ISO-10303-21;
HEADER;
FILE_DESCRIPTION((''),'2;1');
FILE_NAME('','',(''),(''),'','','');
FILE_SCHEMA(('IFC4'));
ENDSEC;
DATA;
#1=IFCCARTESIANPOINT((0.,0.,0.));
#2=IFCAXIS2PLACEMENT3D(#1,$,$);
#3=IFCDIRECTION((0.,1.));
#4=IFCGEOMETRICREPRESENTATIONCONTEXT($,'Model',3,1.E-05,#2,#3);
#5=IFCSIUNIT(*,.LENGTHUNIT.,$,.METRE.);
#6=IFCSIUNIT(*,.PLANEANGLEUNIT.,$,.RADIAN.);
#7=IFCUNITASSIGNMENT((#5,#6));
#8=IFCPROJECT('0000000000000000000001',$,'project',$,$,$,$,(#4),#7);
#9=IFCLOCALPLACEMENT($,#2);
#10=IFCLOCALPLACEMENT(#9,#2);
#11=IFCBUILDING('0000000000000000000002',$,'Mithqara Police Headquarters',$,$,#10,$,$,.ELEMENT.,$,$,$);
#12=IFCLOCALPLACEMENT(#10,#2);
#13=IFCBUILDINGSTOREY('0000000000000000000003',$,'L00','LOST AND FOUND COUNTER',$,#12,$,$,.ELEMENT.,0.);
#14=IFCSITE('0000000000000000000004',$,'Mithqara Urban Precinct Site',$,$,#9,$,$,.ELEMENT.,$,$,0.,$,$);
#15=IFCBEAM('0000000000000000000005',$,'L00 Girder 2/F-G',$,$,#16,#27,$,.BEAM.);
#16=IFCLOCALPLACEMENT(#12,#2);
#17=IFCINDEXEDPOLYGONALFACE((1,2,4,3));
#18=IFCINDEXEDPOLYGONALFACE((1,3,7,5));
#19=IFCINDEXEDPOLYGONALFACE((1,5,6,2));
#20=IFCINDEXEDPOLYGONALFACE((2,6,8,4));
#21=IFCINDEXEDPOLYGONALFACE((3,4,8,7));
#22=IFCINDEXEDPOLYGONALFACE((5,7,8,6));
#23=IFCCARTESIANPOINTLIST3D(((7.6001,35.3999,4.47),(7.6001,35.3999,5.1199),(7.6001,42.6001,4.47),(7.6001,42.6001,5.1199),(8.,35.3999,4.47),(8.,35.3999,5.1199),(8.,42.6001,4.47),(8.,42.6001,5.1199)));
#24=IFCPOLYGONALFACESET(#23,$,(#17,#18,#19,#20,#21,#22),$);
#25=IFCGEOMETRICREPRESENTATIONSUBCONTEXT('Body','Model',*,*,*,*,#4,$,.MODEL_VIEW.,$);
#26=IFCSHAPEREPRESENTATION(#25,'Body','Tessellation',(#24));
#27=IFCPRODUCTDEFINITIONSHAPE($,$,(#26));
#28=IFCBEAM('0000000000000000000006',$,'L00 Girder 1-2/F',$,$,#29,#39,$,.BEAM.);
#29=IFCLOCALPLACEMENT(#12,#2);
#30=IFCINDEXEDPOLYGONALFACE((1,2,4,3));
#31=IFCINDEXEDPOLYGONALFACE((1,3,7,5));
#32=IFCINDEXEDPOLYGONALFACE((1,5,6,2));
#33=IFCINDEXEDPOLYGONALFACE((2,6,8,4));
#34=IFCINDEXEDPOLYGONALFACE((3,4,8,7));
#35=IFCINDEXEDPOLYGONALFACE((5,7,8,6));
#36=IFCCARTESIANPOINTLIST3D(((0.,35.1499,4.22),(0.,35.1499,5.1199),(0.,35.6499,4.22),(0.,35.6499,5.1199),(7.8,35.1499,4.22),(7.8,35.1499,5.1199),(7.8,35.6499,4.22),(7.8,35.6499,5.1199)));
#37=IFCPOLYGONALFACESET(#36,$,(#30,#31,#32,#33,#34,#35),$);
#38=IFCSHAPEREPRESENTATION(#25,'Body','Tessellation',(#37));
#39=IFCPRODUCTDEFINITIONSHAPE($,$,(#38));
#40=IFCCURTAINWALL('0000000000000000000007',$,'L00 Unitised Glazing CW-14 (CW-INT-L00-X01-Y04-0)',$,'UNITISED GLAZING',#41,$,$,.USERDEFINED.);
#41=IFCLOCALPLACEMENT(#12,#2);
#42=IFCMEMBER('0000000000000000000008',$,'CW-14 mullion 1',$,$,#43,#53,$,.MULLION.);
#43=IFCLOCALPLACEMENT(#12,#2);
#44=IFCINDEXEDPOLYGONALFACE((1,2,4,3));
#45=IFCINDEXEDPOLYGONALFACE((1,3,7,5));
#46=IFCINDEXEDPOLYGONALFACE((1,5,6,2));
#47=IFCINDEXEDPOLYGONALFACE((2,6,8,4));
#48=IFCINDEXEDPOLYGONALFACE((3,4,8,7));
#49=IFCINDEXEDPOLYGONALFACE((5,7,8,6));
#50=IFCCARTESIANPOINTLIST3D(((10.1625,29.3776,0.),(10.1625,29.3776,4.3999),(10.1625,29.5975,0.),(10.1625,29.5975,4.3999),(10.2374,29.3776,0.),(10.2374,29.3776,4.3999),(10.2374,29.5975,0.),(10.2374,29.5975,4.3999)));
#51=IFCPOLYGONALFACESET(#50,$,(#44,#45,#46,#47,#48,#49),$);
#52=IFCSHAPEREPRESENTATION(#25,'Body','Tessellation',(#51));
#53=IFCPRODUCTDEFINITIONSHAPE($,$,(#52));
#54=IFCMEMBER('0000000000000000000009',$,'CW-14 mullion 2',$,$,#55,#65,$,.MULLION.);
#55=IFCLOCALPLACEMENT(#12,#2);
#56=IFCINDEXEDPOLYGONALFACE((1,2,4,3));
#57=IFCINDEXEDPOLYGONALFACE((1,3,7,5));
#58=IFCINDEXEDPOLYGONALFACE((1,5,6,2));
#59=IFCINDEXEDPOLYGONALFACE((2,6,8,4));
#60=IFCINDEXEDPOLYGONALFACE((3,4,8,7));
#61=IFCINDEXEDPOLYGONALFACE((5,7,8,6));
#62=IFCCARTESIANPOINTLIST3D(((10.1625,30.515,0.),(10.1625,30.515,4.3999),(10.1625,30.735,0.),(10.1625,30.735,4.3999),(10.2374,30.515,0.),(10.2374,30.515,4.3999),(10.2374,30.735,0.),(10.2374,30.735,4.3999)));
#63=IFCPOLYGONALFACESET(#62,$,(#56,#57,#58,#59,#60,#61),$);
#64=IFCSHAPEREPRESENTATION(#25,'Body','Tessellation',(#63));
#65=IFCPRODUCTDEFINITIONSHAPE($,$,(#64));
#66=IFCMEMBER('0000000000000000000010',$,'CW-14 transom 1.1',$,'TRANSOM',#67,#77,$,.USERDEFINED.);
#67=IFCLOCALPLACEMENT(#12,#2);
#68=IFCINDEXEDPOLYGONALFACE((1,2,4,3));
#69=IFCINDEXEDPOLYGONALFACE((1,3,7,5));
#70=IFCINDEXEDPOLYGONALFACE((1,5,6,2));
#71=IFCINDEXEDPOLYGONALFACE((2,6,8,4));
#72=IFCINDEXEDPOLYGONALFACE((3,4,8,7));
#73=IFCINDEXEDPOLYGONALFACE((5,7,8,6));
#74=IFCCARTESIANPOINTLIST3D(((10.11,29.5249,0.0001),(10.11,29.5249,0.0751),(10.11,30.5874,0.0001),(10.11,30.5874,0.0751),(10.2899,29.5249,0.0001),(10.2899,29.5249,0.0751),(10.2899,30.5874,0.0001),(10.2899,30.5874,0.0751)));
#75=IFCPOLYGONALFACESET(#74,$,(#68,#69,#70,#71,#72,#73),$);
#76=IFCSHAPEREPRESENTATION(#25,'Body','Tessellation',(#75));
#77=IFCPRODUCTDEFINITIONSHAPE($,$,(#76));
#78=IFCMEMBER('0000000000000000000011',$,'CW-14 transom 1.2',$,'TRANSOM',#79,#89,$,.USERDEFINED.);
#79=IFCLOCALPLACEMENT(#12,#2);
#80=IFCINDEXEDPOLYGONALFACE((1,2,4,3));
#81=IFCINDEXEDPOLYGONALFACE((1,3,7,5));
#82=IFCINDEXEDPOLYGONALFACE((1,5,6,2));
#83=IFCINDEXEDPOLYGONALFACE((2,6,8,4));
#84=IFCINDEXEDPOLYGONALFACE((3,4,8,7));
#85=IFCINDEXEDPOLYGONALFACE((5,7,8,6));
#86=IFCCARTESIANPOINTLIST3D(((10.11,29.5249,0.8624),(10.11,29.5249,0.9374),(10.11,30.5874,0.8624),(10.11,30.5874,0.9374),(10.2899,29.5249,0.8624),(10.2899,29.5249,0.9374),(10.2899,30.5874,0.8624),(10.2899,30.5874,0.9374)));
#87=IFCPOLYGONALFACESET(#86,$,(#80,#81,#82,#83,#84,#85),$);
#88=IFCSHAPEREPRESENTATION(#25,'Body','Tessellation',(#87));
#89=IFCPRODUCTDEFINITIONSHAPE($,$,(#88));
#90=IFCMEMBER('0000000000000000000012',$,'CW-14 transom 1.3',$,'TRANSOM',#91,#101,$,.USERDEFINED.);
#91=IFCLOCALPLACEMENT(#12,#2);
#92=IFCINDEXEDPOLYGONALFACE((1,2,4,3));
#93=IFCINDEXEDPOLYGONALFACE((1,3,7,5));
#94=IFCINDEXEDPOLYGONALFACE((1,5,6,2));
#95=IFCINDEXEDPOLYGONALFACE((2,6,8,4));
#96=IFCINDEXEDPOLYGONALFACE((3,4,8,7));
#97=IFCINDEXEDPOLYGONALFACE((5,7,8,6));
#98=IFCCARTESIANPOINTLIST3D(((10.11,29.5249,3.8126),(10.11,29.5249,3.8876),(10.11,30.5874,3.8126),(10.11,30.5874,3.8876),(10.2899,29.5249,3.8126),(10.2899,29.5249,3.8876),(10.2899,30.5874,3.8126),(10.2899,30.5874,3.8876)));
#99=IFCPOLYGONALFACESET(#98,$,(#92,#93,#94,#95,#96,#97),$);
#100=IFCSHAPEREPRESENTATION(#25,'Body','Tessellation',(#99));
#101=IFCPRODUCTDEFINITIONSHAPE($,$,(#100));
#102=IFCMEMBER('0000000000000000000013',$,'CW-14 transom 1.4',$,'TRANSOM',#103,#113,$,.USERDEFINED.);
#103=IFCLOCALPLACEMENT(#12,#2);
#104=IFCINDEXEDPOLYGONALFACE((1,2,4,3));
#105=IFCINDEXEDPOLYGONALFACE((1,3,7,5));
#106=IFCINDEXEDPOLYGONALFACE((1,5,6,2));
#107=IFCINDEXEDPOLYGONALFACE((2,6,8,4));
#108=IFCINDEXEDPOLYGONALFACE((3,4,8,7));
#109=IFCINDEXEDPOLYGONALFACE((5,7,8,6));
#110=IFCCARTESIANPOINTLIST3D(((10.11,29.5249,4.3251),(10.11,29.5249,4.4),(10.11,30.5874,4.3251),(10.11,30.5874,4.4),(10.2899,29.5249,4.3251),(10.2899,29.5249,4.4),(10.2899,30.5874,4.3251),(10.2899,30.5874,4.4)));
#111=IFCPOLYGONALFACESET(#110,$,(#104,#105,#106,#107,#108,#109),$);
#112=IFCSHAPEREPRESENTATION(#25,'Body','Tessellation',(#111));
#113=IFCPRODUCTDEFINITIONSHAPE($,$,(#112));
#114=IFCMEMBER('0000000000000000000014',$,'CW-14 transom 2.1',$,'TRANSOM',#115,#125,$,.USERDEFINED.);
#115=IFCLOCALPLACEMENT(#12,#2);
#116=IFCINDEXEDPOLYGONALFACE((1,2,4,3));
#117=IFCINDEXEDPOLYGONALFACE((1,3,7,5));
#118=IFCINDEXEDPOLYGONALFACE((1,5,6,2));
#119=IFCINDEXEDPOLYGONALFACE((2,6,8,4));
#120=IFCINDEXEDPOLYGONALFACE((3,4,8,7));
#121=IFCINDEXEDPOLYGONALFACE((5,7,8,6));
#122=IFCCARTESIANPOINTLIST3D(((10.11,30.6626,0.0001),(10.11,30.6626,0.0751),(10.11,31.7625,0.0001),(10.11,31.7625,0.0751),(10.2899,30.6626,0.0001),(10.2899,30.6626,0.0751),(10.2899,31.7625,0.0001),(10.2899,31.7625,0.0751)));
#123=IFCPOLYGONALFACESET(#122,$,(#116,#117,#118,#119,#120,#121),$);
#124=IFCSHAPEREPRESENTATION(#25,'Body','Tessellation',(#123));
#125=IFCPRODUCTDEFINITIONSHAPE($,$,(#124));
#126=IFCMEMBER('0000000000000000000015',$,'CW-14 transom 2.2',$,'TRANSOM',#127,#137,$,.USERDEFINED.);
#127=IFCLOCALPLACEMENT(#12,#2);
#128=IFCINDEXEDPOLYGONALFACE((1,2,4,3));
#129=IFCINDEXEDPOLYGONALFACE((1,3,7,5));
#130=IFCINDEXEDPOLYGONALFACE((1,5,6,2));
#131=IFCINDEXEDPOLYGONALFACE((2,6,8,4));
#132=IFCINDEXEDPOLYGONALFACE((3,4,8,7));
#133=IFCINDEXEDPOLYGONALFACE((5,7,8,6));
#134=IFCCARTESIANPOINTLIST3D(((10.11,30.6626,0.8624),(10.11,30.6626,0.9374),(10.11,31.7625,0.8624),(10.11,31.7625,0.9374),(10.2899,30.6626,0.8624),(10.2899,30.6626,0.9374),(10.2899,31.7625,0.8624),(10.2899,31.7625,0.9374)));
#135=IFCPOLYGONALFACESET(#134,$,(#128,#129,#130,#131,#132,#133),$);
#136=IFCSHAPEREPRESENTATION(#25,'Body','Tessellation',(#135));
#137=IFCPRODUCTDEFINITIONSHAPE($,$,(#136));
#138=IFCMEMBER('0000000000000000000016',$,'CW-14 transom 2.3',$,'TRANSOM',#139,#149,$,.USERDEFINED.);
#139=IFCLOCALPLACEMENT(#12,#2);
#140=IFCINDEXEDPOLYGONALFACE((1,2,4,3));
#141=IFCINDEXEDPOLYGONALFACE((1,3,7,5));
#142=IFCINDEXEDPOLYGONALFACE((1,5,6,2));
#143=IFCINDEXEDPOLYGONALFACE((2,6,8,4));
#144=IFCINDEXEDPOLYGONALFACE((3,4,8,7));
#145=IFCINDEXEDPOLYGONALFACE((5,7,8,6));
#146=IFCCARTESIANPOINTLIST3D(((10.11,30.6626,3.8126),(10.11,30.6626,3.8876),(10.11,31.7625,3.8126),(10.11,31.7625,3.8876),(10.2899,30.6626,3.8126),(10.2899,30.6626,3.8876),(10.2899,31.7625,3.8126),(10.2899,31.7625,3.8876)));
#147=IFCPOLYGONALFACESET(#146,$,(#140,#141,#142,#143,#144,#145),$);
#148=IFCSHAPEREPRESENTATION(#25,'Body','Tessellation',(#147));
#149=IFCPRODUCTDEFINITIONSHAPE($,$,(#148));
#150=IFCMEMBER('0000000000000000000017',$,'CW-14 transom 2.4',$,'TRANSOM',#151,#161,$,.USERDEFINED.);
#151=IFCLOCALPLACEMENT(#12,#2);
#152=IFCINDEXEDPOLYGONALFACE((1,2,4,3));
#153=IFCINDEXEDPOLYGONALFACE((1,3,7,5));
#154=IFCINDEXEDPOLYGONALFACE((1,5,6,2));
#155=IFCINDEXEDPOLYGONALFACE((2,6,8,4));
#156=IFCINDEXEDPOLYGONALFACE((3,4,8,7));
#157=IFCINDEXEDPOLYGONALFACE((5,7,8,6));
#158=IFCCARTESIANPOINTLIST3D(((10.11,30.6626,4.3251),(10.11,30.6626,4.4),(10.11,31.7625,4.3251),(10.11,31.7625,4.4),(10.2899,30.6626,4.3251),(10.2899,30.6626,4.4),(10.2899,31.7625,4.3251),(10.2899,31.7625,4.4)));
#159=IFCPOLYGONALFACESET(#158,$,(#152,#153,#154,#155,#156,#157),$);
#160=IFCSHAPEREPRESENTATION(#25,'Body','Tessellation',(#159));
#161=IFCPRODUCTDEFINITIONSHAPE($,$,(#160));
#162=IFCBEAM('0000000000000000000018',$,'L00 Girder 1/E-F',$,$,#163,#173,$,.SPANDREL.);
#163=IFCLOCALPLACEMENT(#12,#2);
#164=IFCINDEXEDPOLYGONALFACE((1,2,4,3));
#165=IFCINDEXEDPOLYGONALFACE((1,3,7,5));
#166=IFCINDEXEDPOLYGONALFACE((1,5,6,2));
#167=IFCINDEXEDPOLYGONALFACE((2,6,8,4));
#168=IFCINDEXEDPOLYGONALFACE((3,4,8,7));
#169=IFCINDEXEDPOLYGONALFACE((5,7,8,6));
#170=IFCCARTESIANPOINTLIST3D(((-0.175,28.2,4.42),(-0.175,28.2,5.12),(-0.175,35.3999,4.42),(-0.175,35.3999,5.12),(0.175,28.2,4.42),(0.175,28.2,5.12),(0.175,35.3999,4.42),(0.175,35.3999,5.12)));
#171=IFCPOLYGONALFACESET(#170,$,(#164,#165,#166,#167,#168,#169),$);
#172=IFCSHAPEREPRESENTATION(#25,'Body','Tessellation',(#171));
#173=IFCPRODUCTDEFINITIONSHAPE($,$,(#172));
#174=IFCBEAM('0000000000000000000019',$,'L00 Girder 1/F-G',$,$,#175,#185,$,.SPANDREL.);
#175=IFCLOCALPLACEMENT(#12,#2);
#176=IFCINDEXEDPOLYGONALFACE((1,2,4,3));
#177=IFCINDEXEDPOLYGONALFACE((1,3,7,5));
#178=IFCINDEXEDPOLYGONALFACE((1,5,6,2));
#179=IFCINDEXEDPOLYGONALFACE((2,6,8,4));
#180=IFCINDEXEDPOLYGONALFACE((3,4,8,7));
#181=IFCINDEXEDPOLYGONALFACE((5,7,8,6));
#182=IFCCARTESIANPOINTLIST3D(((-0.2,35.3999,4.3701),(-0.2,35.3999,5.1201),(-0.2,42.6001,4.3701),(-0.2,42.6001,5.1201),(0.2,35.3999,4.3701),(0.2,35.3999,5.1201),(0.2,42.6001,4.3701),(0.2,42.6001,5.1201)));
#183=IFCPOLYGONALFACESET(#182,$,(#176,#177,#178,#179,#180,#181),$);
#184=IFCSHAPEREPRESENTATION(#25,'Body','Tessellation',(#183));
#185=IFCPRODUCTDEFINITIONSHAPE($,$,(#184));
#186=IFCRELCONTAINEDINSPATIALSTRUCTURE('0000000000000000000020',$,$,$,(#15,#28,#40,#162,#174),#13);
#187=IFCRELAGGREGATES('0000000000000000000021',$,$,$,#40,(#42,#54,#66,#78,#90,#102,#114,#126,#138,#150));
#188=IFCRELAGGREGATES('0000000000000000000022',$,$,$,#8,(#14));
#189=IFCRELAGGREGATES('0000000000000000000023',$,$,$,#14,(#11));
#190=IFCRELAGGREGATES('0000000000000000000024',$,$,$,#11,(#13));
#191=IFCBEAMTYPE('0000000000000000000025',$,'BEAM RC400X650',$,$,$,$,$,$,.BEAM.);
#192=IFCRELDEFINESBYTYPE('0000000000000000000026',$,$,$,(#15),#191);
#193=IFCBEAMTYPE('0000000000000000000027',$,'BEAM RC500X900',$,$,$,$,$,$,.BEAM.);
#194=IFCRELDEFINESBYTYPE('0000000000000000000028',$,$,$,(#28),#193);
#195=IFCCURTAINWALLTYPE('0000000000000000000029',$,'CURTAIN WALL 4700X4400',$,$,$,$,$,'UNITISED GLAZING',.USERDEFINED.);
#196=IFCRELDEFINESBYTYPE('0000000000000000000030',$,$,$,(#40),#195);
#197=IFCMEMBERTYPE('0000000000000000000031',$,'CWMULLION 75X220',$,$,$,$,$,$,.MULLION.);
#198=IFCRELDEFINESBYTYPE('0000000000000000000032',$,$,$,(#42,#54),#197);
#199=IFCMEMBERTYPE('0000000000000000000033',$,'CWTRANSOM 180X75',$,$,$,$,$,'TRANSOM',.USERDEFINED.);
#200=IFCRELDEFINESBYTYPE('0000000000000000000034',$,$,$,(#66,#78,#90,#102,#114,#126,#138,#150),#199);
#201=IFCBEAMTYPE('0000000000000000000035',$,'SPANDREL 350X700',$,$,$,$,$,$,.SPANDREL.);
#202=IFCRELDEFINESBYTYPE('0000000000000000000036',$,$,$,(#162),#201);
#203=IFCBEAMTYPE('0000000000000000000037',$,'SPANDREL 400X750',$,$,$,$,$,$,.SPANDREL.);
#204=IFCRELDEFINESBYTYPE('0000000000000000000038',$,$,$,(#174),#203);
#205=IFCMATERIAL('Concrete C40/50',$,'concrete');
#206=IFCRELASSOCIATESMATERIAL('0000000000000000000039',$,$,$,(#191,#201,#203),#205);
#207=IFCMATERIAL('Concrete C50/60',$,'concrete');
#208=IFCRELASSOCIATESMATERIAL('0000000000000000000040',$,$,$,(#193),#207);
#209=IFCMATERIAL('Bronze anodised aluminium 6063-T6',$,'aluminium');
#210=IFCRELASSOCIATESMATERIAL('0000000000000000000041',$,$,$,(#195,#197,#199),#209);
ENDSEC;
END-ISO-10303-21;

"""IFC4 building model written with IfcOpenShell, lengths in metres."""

from ifc_helpers import new_model, si_unit, direction, frame, origin, origin_2d, place, context, subcontext, project, spatial, rectangle, extrude, material, material_profile, profile_set, type_object, element, aggregate, save


model = new_model("IFC4")

# Units and contexts
model_context = context("Model", 3, precision=1e-05, world=origin(), true_north=direction((0.0, 1.0)))
body_context = subcontext(model_context, "Body", "Model", "MODEL_VIEW")
ifc_project = project(units=[si_unit("LENGTHUNIT", "METRE"), si_unit("PLANEANGLEUNIT", "RADIAN")], contexts=[model_context])

# Site, building, storey
site_placement = place(None, origin())
site = spatial("IfcSite", under=ifc_project, at=site_placement, Name="Mithqara Urban Precinct Site", CompositionType="ELEMENT", RefElevation=0.0)
building_placement = place(site_placement, origin())
building = spatial("IfcBuilding", under=site, at=building_placement, Name="Mithqara Police Headquarters", CompositionType="ELEMENT")
storey_placement = place(building_placement, origin())
storey = spatial("IfcBuildingStorey", under=building, at=storey_placement, Name="L00", Description="LOST AND FOUND COUNTER", CompositionType="ELEMENT", Elevation=0.0)

# Shared definitions
ifc_material_1 = material(Name="Concrete C40/50", Category="concrete")

# Shared definitions
ifc_material_2 = material(Name="Concrete C50/60", Category="concrete")

# Beams
ifc_material_profile_1 = material_profile(ifc_material_1, rectangle(XDim=0.3999, YDim=0.6499, at=origin_2d()), Name="RC 400x650")
ifc_profile_set_1 = profile_set([ifc_material_profile_1], Name="Concrete C40/50")
beam_type_1 = type_object("IfcBeamType", Name="BEAM RC400X650", PredefinedType="BEAM", material=ifc_profile_set_1)
beam_1_placement = place(storey_placement, frame((7.8, 35.3999, 4.7949), z_axis=(0.0, 1.0, 0.0), x_axis=(-1.0, 0.0, 0.0)))
element("IfcBeam", 1, at=beam_1_placement, inside=storey, type_object=beam_type_1, Name="L00 Girder 2/F-G", PredefinedType="BEAM", context=body_context, shape_type="SweptSolid", body=[
    extrude(rectangle(XDim=0.3999, YDim=0.6499, at=origin_2d()), origin(), (0.0, 0.0, 1.0), 7.2002),
])
ifc_material_profile_2 = material_profile(ifc_material_2, rectangle(XDim=0.5, YDim=0.8999, at=origin_2d()), Name="RC 500x900")
ifc_profile_set_2 = profile_set([ifc_material_profile_2], Name="Concrete C50/60")
beam_type_2 = type_object("IfcBeamType", Name="BEAM RC500X900", PredefinedType="BEAM", material=ifc_profile_set_2)
beam_2_placement = place(storey_placement, frame((0.0, 35.3999, 4.6699), z_axis=(1.0, 0.0, 0.0), x_axis=(0.0, 1.0, 0.0)))
element("IfcBeam", 2, at=beam_2_placement, inside=storey, type_object=beam_type_2, Name="L00 Girder 1-2/F", PredefinedType="BEAM", context=body_context, shape_type="SweptSolid", body=[
    extrude(rectangle(XDim=0.5, YDim=0.8999, at=origin_2d()), origin(), (0.0, 0.0, 1.0), 7.8),
])

# Curtain wall, members
ifc_material_3 = material(Name="Bronze anodised aluminium 6063-T6", Category="aluminium")
curtain_wall_type = type_object("IfcCurtainWallType", Name="CURTAIN WALL 4700X4400", ElementType="UNITISED GLAZING", PredefinedType="USERDEFINED", material=ifc_material_3)
curtain_wall_placement = place(storey_placement, origin())
curtain_wall = element("IfcCurtainWall", 3, at=curtain_wall_placement, inside=storey, type_object=curtain_wall_type, Name="L00 Unitised Glazing CW-14 (CW-INT-L00-X01-Y04-0)", ObjectType="UNITISED GLAZING", PredefinedType="USERDEFINED")
ifc_material_profile_3 = material_profile(ifc_material_3, rectangle(XDim=0.075, YDim=0.22, at=origin_2d()), Name="CWM 75x220")
ifc_profile_set_3 = profile_set([ifc_material_profile_3], Name="Bronze anodised aluminium 6063-T6")
member_type_1 = type_object("IfcMemberType", Name="CWMULLION 75X220", PredefinedType="MULLION", material=ifc_profile_set_3)
member_1_placement = place(storey_placement, frame((10.2, 29.4875, 0.0), z_axis=(0.0, 0.0, 1.0), x_axis=(-1.0, 0.0, 0.0)))
member_1 = element("IfcMember", 4, at=member_1_placement, type_object=member_type_1, Name="CW-14 mullion 1", PredefinedType="MULLION", context=body_context, shape_type="SweptSolid", body=[
    extrude(rectangle(XDim=0.075, YDim=0.22, at=origin_2d()), origin(), (0.0, 0.0, 1.0), 4.3999),
])
member_2_placement = place(storey_placement, frame((10.2, 30.625, 0.0), z_axis=(0.0, 0.0, 1.0), x_axis=(-1.0, 0.0, 0.0)))
member_2 = element("IfcMember", 5, at=member_2_placement, type_object=member_type_1, Name="CW-14 mullion 2", PredefinedType="MULLION", context=body_context, shape_type="SweptSolid", body=[
    extrude(rectangle(XDim=0.075, YDim=0.22, at=origin_2d()), origin(), (0.0, 0.0, 1.0), 4.3999),
])
ifc_material_profile_4 = material_profile(ifc_material_3, rectangle(XDim=0.1799, YDim=0.075, at=origin_2d()), Name="CWT 180x75")
ifc_profile_set_4 = profile_set([ifc_material_profile_4], Name="Bronze anodised aluminium 6063-T6")
member_type_2 = type_object("IfcMemberType", Name="CWTRANSOM 180X75", ElementType="TRANSOM", PredefinedType="USERDEFINED", material=ifc_profile_set_4)
member_3_placement = place(storey_placement, frame((10.2, 29.5249, 0.0376), z_axis=(0.0, 1.0, 0.0), x_axis=(-1.0, 0.0, 0.0)))
member_3 = element("IfcMember", 6, at=member_3_placement, type_object=member_type_2, Name="CW-14 transom 1.1", ObjectType="TRANSOM", PredefinedType="USERDEFINED", context=body_context, shape_type="SweptSolid", body=[
    extrude(rectangle(XDim=0.1799, YDim=0.075, at=origin_2d()), origin(), (0.0, 0.0, 1.0), 1.0625),
])
member_4_placement = place(storey_placement, frame((10.2, 29.5249, 0.8999), z_axis=(0.0, 1.0, 0.0), x_axis=(-1.0, 0.0, 0.0)))
member_4 = element("IfcMember", 7, at=member_4_placement, type_object=member_type_2, Name="CW-14 transom 1.2", ObjectType="TRANSOM", PredefinedType="USERDEFINED", context=body_context, shape_type="SweptSolid", body=[
    extrude(rectangle(XDim=0.1799, YDim=0.075, at=origin_2d()), origin(), (0.0, 0.0, 1.0), 1.0625),
])
member_5_placement = place(storey_placement, frame((10.2, 29.5249, 3.8501), z_axis=(0.0, 1.0, 0.0), x_axis=(-1.0, 0.0, 0.0)))
member_5 = element("IfcMember", 8, at=member_5_placement, type_object=member_type_2, Name="CW-14 transom 1.3", ObjectType="TRANSOM", PredefinedType="USERDEFINED", context=body_context, shape_type="SweptSolid", body=[
    extrude(rectangle(XDim=0.1799, YDim=0.075, at=origin_2d()), origin(), (0.0, 0.0, 1.0), 1.0625),
])
member_6_placement = place(storey_placement, frame((10.2, 29.5249, 4.3625), z_axis=(0.0, 1.0, 0.0), x_axis=(-1.0, 0.0, 0.0)))
member_6 = element("IfcMember", 9, at=member_6_placement, type_object=member_type_2, Name="CW-14 transom 1.4", ObjectType="TRANSOM", PredefinedType="USERDEFINED", context=body_context, shape_type="SweptSolid", body=[
    extrude(rectangle(XDim=0.1799, YDim=0.075, at=origin_2d()), origin(), (0.0, 0.0, 1.0), 1.0625),
])
member_7_placement = place(storey_placement, frame((10.2, 30.6626, 0.0376), z_axis=(0.0, 1.0, 0.0), x_axis=(-1.0, 0.0, 0.0)))
member_7 = element("IfcMember", 10, at=member_7_placement, type_object=member_type_2, Name="CW-14 transom 2.1", ObjectType="TRANSOM", PredefinedType="USERDEFINED", context=body_context, shape_type="SweptSolid", body=[
    extrude(rectangle(XDim=0.1799, YDim=0.075, at=origin_2d()), origin(), (0.0, 0.0, 1.0), 1.0999),
])
member_8_placement = place(storey_placement, frame((10.2, 30.6626, 0.8999), z_axis=(0.0, 1.0, 0.0), x_axis=(-1.0, 0.0, 0.0)))
member_8 = element("IfcMember", 11, at=member_8_placement, type_object=member_type_2, Name="CW-14 transom 2.2", ObjectType="TRANSOM", PredefinedType="USERDEFINED", context=body_context, shape_type="SweptSolid", body=[
    extrude(rectangle(XDim=0.1799, YDim=0.075, at=origin_2d()), origin(), (0.0, 0.0, 1.0), 1.0999),
])
member_9_placement = place(storey_placement, frame((10.2, 30.6626, 3.8501), z_axis=(0.0, 1.0, 0.0), x_axis=(-1.0, 0.0, 0.0)))
member_9 = element("IfcMember", 12, at=member_9_placement, type_object=member_type_2, Name="CW-14 transom 2.3", ObjectType="TRANSOM", PredefinedType="USERDEFINED", context=body_context, shape_type="SweptSolid", body=[
    extrude(rectangle(XDim=0.1799, YDim=0.075, at=origin_2d()), origin(), (0.0, 0.0, 1.0), 1.0999),
])
member_10_placement = place(storey_placement, frame((10.2, 30.6626, 4.3625), z_axis=(0.0, 1.0, 0.0), x_axis=(-1.0, 0.0, 0.0)))
member_10 = element("IfcMember", 13, at=member_10_placement, type_object=member_type_2, Name="CW-14 transom 2.4", ObjectType="TRANSOM", PredefinedType="USERDEFINED", context=body_context, shape_type="SweptSolid", body=[
    extrude(rectangle(XDim=0.1799, YDim=0.075, at=origin_2d()), origin(), (0.0, 0.0, 1.0), 1.0999),
])

# Beams
ifc_material_profile_5 = material_profile(ifc_material_1, rectangle(XDim=0.3501, YDim=0.7, at=origin_2d()), Name="SPB 350x700")
ifc_profile_set_5 = profile_set([ifc_material_profile_5], Name="Concrete C40/50")
beam_type_3 = type_object("IfcBeamType", Name="SPANDREL 350X700", PredefinedType="SPANDREL", material=ifc_profile_set_5)
beam_3_placement = place(storey_placement, frame((0.0, 28.2, 4.77), z_axis=(0.0, 1.0, 0.0), x_axis=(-1.0, 0.0, 0.0)))
element("IfcBeam", 14, at=beam_3_placement, inside=storey, type_object=beam_type_3, Name="L00 Girder 1/E-F", PredefinedType="SPANDREL", context=body_context, shape_type="SweptSolid", body=[
    extrude(rectangle(XDim=0.3501, YDim=0.7, at=origin_2d()), origin(), (0.0, 0.0, 1.0), 7.2),
])
ifc_material_profile_6 = material_profile(ifc_material_1, rectangle(XDim=0.3999, YDim=0.75, at=origin_2d()), Name="SPB 400x750")
ifc_profile_set_6 = profile_set([ifc_material_profile_6], Name="Concrete C40/50")
beam_type_4 = type_object("IfcBeamType", Name="SPANDREL 400X750", PredefinedType="SPANDREL", material=ifc_profile_set_6)
beam_4_placement = place(storey_placement, frame((0.0, 35.3999, 4.7451), z_axis=(0.0, 1.0, 0.0), x_axis=(-1.0, 0.0, 0.0)))
element("IfcBeam", 15, at=beam_4_placement, inside=storey, type_object=beam_type_4, Name="L00 Girder 1/F-G", PredefinedType="SPANDREL", context=body_context, shape_type="SweptSolid", body=[
    extrude(rectangle(XDim=0.3999, YDim=0.75, at=origin_2d()), origin(), (0.0, 0.0, 1.0), 7.2002),
])

aggregate(curtain_wall, [member_1, member_2, member_3, member_4, member_5, member_6, member_7, member_8, member_9, member_10])

save(model, "model.ifc")
